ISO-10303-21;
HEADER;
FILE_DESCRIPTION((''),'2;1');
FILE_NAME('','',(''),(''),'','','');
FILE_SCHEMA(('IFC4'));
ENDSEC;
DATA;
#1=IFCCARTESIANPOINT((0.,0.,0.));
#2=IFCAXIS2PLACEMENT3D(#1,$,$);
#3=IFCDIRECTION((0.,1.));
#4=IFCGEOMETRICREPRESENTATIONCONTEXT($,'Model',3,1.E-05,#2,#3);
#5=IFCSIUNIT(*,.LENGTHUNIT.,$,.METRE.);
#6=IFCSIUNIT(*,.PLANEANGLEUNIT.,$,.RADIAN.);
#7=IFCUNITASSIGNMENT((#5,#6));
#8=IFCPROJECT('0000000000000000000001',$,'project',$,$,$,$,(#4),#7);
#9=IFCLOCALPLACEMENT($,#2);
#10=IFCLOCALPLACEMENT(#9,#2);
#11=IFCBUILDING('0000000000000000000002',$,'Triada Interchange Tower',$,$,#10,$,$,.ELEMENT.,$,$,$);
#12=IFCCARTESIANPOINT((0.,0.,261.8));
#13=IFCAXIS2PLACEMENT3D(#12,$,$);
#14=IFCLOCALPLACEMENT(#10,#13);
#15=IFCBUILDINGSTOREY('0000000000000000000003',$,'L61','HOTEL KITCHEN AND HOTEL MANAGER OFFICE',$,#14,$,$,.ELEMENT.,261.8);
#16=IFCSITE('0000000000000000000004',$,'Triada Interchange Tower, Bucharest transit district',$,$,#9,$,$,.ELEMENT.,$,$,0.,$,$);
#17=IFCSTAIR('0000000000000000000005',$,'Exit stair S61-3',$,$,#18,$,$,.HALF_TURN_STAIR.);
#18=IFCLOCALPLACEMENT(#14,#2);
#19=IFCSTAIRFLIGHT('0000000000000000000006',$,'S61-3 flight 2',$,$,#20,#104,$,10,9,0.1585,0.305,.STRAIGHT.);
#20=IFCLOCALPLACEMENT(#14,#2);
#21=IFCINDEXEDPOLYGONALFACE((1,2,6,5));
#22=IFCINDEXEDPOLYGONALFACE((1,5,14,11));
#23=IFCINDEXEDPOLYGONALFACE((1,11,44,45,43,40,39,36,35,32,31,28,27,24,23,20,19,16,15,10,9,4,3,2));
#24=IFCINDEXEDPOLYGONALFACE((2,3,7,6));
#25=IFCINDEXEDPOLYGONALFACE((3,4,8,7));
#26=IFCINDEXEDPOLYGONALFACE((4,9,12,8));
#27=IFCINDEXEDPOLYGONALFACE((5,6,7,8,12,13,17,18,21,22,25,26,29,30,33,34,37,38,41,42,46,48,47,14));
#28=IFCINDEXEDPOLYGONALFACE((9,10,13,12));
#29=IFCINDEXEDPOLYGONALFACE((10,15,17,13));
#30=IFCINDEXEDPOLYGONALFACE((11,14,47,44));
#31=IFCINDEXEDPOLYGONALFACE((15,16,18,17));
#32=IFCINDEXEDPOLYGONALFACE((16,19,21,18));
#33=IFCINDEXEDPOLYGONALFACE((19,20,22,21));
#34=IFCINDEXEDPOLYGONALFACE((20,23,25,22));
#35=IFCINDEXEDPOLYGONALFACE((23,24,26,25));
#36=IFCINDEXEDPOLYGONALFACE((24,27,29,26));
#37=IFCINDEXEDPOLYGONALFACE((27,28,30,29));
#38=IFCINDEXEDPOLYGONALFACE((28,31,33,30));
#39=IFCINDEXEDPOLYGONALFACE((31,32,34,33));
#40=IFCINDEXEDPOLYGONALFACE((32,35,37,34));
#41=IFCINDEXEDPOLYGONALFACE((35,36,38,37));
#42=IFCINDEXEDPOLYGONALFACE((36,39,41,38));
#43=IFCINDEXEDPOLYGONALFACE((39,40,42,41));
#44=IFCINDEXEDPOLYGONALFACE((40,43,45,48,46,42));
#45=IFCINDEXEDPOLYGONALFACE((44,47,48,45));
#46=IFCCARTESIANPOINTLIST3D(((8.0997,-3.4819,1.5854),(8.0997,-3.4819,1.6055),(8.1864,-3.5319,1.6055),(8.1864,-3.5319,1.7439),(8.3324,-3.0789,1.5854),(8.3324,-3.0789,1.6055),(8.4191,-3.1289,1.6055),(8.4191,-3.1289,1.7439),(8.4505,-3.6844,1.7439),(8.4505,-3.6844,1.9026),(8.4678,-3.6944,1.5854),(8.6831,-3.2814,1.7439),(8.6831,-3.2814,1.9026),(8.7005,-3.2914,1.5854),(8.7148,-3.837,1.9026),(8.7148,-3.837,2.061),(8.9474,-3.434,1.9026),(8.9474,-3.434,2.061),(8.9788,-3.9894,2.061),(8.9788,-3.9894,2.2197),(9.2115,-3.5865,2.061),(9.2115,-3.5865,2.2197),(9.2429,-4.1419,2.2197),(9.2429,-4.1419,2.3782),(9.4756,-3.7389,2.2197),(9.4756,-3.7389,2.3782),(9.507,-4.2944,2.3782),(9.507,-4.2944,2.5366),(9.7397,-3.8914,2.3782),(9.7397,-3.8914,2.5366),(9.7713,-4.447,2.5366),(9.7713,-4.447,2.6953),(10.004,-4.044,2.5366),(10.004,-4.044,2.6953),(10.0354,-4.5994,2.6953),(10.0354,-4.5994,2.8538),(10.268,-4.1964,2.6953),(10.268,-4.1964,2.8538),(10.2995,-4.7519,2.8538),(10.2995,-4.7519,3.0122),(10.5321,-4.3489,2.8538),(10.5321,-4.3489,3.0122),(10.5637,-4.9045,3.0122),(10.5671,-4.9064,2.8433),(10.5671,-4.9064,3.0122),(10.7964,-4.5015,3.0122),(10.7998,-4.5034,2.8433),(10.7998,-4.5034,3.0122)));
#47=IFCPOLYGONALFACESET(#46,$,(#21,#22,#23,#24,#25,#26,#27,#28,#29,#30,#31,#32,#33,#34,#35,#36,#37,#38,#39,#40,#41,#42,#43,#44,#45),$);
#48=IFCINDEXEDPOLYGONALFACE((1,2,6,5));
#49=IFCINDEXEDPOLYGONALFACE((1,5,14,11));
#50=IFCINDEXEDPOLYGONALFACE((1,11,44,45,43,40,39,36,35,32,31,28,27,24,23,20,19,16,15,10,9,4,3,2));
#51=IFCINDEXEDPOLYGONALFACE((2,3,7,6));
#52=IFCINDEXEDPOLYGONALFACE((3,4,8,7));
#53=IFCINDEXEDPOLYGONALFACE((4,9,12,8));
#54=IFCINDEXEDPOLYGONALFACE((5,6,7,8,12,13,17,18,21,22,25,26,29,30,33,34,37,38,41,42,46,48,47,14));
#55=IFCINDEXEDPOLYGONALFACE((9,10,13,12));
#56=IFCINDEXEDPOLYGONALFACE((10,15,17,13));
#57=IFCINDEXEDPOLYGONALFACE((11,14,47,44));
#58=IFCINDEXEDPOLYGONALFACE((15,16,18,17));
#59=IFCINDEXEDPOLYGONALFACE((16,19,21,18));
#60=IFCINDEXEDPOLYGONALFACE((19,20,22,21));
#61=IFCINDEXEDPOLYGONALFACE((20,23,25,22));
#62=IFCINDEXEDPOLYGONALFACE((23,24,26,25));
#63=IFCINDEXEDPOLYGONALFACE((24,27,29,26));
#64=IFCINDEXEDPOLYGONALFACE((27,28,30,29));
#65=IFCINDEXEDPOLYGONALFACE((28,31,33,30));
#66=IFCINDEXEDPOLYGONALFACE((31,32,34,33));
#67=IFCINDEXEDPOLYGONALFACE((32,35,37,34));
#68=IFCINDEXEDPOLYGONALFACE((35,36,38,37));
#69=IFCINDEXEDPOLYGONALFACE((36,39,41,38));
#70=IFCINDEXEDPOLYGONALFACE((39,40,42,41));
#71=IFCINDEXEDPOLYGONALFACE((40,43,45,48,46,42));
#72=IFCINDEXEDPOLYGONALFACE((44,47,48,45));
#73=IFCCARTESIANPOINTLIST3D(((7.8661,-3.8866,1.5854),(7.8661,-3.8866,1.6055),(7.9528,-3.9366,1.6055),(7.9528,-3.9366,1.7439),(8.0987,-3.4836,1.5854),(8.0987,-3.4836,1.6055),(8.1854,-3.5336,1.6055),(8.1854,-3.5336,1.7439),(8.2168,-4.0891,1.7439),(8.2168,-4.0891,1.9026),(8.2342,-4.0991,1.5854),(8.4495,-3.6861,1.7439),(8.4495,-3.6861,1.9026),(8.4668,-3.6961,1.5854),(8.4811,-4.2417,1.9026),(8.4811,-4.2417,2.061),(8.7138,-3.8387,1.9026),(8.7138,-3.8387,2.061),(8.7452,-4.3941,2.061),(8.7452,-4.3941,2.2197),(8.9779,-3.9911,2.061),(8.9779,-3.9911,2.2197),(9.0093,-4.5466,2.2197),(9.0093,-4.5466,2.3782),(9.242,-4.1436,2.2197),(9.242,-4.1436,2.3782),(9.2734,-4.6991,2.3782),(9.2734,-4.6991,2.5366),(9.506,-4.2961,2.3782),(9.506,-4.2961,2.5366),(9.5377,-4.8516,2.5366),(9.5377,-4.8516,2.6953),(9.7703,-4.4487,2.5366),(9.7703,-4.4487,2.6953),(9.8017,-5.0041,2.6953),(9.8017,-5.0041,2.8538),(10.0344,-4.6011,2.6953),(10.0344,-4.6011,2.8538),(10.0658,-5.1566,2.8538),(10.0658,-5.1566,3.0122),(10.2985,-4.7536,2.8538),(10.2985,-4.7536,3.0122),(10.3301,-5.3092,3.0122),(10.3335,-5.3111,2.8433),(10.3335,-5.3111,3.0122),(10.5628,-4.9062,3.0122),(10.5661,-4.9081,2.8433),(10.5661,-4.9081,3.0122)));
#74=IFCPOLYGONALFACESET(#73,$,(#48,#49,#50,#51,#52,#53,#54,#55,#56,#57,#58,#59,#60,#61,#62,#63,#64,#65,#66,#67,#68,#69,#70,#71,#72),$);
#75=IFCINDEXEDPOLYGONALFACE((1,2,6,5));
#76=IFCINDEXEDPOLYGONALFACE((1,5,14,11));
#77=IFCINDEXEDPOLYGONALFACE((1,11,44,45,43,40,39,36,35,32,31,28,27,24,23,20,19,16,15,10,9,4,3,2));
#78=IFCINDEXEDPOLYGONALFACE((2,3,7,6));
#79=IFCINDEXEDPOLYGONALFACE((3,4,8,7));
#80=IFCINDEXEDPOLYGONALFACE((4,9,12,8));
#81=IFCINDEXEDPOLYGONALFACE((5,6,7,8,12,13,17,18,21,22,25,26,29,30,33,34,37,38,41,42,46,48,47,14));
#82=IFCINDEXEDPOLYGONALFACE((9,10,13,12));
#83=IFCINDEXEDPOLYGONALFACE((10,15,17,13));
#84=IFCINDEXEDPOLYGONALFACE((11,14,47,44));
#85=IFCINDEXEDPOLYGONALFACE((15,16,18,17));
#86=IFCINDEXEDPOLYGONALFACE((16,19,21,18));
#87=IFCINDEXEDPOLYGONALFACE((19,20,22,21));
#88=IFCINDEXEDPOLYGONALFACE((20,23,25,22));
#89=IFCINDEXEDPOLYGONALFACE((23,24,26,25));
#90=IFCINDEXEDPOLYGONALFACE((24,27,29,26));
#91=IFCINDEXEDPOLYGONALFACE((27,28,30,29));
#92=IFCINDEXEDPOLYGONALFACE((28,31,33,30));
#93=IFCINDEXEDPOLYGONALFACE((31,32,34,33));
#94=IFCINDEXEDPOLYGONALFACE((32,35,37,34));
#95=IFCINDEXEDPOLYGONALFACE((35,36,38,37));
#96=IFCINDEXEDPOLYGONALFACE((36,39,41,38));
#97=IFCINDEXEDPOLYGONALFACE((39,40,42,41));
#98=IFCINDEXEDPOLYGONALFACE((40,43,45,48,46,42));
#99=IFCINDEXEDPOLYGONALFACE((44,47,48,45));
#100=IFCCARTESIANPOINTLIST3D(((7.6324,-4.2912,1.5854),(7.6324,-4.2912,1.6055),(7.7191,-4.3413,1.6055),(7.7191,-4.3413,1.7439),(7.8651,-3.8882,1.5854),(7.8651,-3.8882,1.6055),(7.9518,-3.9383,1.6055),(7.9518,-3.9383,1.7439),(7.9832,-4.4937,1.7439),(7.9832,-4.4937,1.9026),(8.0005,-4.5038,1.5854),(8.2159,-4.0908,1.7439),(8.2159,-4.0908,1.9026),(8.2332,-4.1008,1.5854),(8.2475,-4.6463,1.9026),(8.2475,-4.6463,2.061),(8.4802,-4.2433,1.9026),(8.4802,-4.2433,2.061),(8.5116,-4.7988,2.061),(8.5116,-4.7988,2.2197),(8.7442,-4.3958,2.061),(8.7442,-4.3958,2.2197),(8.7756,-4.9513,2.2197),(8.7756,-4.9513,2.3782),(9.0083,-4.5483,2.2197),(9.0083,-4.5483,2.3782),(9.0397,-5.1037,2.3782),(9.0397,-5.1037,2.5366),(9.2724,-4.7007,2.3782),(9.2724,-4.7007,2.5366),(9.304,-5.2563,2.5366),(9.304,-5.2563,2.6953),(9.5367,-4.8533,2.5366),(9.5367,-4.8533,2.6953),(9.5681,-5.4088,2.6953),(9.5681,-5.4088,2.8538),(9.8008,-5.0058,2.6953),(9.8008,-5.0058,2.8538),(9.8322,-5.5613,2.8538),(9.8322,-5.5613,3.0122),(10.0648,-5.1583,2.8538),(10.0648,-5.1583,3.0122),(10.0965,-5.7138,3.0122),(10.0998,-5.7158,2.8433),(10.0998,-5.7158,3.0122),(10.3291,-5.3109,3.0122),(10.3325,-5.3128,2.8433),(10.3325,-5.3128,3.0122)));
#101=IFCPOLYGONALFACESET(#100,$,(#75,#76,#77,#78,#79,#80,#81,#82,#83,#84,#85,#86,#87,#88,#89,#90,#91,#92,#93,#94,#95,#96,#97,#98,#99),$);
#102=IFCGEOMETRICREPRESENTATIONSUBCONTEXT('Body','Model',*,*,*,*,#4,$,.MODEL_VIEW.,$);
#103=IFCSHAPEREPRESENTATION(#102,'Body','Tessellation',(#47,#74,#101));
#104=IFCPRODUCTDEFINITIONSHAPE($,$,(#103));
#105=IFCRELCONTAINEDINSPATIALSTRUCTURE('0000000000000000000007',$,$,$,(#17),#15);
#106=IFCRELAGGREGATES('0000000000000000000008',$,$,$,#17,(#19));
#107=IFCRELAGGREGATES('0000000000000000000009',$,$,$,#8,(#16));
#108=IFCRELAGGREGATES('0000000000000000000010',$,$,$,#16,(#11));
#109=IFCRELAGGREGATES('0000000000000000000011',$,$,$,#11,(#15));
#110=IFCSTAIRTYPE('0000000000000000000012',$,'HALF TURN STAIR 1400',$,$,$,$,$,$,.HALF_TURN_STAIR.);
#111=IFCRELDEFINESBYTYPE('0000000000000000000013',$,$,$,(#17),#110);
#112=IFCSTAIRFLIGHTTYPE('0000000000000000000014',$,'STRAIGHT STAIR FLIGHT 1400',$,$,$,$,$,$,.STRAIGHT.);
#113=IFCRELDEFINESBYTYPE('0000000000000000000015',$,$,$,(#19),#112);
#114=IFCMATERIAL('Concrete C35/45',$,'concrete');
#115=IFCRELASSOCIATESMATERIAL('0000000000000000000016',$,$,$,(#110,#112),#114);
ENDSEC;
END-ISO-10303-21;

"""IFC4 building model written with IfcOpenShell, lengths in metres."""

from ifc_helpers import new_model, si_unit, direction, frame, origin, place, context, subcontext, project, spatial, polyline, outline, extrude, material, type_object, element, aggregate, save


model = new_model("IFC4")

# Units and contexts
model_context = context("Model", 3, precision=1e-05, world=origin(), true_north=direction((0.0, 1.0)))
body_context = subcontext(model_context, "Body", "Model", "MODEL_VIEW")
ifc_project = project(units=[si_unit("LENGTHUNIT", "METRE"), si_unit("PLANEANGLEUNIT", "RADIAN")], contexts=[model_context])

# Site, building, storey
site_placement = place(None, origin())
site = spatial("IfcSite", under=ifc_project, at=site_placement, Name="Triada Interchange Tower, Bucharest transit district", CompositionType="ELEMENT", RefElevation=0.0)
building_placement = place(site_placement, origin())
building = spatial("IfcBuilding", under=site, at=building_placement, Name="Triada Interchange Tower", CompositionType="ELEMENT")
storey_placement = place(building_placement, frame((0.0, 0.0, 261.8)))
storey = spatial("IfcBuildingStorey", under=building, at=storey_placement, Name="L61", Description="HOTEL KITCHEN AND HOTEL MANAGER OFFICE", CompositionType="ELEMENT", Elevation=261.8)

# Stair, stair flight
ifc_material_1 = material(Name="Concrete C35/45", Category="concrete")
stair_type = type_object("IfcStairType", Name="HALF TURN STAIR 1400", PredefinedType="HALF_TURN_STAIR", material=ifc_material_1)
stair_placement = place(storey_placement, origin())
stair = element("IfcStair", 1, at=stair_placement, inside=storey, type_object=stair_type, Name="Exit stair S61-3", PredefinedType="HALF_TURN_STAIR")
stair_flight_type = type_object("IfcStairFlightType", Name="STRAIGHT STAIR FLIGHT 1400", PredefinedType="STRAIGHT", material=ifc_material_1)
stair_flight_1_placement = place(storey_placement, frame((8.0691, -3.7351, 1.5854), z_axis=(0.0, 0.0, 1.0), x_axis=(0.866025, -0.5, 0.0)))
stair_flight_1 = element("IfcStairFlight", 2, at=stair_flight_1_placement, type_object=stair_flight_type, Name="S61-3 flight 2", NumberOfRisers=10, NumberOfTreads=9, PredefinedType="STRAIGHT", RiserHeight=0.1585, TreadLength=0.305, context=body_context, shape_type="SweptSolid", body=[
    extrude(outline(polyline([(-0.1001, 0.0), (-0.1001, 0.02), (0.0, 0.02), (0.0, 0.1584), (0.3049, 0.1584), (0.3049, 0.3171), (0.6101, 0.3171), (0.6101, 0.4756), (0.915, 0.4756), (0.915, 0.6343), (1.22, 0.6343), (1.22, 0.7927), (1.5249, 0.7927), (1.5249, 0.9512), (1.8301, 0.9512), (1.8301, 1.1099), (2.135, 1.1099), (2.135, 1.2683), (2.4399, 1.2683), (2.4399, 1.4268), (2.7451, 1.4268), (2.749, 1.4268), (2.749, 1.5854), (2.749, 1.2578), (0.325, 0.0), (-0.1001, 0.0)])), frame((0.0, 0.7, 0.0), z_axis=(0.0, -1.0, 0.0), x_axis=(1.0, 0.0, 0.0)), (0.0, 0.0, 1.0), 0.4653),
    extrude(outline(polyline([(-0.1001, 0.0), (-0.1001, 0.02), (0.0, 0.02), (0.0, 0.1584), (0.3049, 0.1584), (0.3049, 0.3171), (0.6101, 0.3171), (0.6101, 0.4756), (0.915, 0.4756), (0.915, 0.6343), (1.22, 0.6343), (1.22, 0.7927), (1.5249, 0.7927), (1.5249, 0.9512), (1.8301, 0.9512), (1.8301, 1.1099), (2.135, 1.1099), (2.135, 1.2683), (2.4399, 1.2683), (2.4399, 1.4268), (2.7451, 1.4268), (2.749, 1.4268), (2.749, 1.5854), (2.749, 1.2578), (0.325, 0.0), (-0.1001, 0.0)])), frame((0.0, 0.2327, 0.0), z_axis=(0.0, -1.0, 0.0), x_axis=(1.0, 0.0, 0.0)), (0.0, 0.0, 1.0), 0.4653),
    extrude(outline(polyline([(-0.1001, 0.0), (-0.1001, 0.02), (0.0, 0.02), (0.0, 0.1584), (0.3049, 0.1584), (0.3049, 0.3171), (0.6101, 0.3171), (0.6101, 0.4756), (0.915, 0.4756), (0.915, 0.6343), (1.22, 0.6343), (1.22, 0.7927), (1.5249, 0.7927), (1.5249, 0.9512), (1.8301, 0.9512), (1.8301, 1.1099), (2.135, 1.1099), (2.135, 1.2683), (2.4399, 1.2683), (2.4399, 1.4268), (2.7451, 1.4268), (2.749, 1.4268), (2.749, 1.5854), (2.749, 1.2578), (0.325, 0.0), (-0.1001, 0.0)])), frame((0.0, -0.2346, 0.0), z_axis=(0.0, -1.0, 0.0), x_axis=(1.0, 0.0, 0.0)), (0.0, 0.0, 1.0), 0.4653),
])
aggregate(stair, [stair_flight_1])

save(model, "model.ifc")
